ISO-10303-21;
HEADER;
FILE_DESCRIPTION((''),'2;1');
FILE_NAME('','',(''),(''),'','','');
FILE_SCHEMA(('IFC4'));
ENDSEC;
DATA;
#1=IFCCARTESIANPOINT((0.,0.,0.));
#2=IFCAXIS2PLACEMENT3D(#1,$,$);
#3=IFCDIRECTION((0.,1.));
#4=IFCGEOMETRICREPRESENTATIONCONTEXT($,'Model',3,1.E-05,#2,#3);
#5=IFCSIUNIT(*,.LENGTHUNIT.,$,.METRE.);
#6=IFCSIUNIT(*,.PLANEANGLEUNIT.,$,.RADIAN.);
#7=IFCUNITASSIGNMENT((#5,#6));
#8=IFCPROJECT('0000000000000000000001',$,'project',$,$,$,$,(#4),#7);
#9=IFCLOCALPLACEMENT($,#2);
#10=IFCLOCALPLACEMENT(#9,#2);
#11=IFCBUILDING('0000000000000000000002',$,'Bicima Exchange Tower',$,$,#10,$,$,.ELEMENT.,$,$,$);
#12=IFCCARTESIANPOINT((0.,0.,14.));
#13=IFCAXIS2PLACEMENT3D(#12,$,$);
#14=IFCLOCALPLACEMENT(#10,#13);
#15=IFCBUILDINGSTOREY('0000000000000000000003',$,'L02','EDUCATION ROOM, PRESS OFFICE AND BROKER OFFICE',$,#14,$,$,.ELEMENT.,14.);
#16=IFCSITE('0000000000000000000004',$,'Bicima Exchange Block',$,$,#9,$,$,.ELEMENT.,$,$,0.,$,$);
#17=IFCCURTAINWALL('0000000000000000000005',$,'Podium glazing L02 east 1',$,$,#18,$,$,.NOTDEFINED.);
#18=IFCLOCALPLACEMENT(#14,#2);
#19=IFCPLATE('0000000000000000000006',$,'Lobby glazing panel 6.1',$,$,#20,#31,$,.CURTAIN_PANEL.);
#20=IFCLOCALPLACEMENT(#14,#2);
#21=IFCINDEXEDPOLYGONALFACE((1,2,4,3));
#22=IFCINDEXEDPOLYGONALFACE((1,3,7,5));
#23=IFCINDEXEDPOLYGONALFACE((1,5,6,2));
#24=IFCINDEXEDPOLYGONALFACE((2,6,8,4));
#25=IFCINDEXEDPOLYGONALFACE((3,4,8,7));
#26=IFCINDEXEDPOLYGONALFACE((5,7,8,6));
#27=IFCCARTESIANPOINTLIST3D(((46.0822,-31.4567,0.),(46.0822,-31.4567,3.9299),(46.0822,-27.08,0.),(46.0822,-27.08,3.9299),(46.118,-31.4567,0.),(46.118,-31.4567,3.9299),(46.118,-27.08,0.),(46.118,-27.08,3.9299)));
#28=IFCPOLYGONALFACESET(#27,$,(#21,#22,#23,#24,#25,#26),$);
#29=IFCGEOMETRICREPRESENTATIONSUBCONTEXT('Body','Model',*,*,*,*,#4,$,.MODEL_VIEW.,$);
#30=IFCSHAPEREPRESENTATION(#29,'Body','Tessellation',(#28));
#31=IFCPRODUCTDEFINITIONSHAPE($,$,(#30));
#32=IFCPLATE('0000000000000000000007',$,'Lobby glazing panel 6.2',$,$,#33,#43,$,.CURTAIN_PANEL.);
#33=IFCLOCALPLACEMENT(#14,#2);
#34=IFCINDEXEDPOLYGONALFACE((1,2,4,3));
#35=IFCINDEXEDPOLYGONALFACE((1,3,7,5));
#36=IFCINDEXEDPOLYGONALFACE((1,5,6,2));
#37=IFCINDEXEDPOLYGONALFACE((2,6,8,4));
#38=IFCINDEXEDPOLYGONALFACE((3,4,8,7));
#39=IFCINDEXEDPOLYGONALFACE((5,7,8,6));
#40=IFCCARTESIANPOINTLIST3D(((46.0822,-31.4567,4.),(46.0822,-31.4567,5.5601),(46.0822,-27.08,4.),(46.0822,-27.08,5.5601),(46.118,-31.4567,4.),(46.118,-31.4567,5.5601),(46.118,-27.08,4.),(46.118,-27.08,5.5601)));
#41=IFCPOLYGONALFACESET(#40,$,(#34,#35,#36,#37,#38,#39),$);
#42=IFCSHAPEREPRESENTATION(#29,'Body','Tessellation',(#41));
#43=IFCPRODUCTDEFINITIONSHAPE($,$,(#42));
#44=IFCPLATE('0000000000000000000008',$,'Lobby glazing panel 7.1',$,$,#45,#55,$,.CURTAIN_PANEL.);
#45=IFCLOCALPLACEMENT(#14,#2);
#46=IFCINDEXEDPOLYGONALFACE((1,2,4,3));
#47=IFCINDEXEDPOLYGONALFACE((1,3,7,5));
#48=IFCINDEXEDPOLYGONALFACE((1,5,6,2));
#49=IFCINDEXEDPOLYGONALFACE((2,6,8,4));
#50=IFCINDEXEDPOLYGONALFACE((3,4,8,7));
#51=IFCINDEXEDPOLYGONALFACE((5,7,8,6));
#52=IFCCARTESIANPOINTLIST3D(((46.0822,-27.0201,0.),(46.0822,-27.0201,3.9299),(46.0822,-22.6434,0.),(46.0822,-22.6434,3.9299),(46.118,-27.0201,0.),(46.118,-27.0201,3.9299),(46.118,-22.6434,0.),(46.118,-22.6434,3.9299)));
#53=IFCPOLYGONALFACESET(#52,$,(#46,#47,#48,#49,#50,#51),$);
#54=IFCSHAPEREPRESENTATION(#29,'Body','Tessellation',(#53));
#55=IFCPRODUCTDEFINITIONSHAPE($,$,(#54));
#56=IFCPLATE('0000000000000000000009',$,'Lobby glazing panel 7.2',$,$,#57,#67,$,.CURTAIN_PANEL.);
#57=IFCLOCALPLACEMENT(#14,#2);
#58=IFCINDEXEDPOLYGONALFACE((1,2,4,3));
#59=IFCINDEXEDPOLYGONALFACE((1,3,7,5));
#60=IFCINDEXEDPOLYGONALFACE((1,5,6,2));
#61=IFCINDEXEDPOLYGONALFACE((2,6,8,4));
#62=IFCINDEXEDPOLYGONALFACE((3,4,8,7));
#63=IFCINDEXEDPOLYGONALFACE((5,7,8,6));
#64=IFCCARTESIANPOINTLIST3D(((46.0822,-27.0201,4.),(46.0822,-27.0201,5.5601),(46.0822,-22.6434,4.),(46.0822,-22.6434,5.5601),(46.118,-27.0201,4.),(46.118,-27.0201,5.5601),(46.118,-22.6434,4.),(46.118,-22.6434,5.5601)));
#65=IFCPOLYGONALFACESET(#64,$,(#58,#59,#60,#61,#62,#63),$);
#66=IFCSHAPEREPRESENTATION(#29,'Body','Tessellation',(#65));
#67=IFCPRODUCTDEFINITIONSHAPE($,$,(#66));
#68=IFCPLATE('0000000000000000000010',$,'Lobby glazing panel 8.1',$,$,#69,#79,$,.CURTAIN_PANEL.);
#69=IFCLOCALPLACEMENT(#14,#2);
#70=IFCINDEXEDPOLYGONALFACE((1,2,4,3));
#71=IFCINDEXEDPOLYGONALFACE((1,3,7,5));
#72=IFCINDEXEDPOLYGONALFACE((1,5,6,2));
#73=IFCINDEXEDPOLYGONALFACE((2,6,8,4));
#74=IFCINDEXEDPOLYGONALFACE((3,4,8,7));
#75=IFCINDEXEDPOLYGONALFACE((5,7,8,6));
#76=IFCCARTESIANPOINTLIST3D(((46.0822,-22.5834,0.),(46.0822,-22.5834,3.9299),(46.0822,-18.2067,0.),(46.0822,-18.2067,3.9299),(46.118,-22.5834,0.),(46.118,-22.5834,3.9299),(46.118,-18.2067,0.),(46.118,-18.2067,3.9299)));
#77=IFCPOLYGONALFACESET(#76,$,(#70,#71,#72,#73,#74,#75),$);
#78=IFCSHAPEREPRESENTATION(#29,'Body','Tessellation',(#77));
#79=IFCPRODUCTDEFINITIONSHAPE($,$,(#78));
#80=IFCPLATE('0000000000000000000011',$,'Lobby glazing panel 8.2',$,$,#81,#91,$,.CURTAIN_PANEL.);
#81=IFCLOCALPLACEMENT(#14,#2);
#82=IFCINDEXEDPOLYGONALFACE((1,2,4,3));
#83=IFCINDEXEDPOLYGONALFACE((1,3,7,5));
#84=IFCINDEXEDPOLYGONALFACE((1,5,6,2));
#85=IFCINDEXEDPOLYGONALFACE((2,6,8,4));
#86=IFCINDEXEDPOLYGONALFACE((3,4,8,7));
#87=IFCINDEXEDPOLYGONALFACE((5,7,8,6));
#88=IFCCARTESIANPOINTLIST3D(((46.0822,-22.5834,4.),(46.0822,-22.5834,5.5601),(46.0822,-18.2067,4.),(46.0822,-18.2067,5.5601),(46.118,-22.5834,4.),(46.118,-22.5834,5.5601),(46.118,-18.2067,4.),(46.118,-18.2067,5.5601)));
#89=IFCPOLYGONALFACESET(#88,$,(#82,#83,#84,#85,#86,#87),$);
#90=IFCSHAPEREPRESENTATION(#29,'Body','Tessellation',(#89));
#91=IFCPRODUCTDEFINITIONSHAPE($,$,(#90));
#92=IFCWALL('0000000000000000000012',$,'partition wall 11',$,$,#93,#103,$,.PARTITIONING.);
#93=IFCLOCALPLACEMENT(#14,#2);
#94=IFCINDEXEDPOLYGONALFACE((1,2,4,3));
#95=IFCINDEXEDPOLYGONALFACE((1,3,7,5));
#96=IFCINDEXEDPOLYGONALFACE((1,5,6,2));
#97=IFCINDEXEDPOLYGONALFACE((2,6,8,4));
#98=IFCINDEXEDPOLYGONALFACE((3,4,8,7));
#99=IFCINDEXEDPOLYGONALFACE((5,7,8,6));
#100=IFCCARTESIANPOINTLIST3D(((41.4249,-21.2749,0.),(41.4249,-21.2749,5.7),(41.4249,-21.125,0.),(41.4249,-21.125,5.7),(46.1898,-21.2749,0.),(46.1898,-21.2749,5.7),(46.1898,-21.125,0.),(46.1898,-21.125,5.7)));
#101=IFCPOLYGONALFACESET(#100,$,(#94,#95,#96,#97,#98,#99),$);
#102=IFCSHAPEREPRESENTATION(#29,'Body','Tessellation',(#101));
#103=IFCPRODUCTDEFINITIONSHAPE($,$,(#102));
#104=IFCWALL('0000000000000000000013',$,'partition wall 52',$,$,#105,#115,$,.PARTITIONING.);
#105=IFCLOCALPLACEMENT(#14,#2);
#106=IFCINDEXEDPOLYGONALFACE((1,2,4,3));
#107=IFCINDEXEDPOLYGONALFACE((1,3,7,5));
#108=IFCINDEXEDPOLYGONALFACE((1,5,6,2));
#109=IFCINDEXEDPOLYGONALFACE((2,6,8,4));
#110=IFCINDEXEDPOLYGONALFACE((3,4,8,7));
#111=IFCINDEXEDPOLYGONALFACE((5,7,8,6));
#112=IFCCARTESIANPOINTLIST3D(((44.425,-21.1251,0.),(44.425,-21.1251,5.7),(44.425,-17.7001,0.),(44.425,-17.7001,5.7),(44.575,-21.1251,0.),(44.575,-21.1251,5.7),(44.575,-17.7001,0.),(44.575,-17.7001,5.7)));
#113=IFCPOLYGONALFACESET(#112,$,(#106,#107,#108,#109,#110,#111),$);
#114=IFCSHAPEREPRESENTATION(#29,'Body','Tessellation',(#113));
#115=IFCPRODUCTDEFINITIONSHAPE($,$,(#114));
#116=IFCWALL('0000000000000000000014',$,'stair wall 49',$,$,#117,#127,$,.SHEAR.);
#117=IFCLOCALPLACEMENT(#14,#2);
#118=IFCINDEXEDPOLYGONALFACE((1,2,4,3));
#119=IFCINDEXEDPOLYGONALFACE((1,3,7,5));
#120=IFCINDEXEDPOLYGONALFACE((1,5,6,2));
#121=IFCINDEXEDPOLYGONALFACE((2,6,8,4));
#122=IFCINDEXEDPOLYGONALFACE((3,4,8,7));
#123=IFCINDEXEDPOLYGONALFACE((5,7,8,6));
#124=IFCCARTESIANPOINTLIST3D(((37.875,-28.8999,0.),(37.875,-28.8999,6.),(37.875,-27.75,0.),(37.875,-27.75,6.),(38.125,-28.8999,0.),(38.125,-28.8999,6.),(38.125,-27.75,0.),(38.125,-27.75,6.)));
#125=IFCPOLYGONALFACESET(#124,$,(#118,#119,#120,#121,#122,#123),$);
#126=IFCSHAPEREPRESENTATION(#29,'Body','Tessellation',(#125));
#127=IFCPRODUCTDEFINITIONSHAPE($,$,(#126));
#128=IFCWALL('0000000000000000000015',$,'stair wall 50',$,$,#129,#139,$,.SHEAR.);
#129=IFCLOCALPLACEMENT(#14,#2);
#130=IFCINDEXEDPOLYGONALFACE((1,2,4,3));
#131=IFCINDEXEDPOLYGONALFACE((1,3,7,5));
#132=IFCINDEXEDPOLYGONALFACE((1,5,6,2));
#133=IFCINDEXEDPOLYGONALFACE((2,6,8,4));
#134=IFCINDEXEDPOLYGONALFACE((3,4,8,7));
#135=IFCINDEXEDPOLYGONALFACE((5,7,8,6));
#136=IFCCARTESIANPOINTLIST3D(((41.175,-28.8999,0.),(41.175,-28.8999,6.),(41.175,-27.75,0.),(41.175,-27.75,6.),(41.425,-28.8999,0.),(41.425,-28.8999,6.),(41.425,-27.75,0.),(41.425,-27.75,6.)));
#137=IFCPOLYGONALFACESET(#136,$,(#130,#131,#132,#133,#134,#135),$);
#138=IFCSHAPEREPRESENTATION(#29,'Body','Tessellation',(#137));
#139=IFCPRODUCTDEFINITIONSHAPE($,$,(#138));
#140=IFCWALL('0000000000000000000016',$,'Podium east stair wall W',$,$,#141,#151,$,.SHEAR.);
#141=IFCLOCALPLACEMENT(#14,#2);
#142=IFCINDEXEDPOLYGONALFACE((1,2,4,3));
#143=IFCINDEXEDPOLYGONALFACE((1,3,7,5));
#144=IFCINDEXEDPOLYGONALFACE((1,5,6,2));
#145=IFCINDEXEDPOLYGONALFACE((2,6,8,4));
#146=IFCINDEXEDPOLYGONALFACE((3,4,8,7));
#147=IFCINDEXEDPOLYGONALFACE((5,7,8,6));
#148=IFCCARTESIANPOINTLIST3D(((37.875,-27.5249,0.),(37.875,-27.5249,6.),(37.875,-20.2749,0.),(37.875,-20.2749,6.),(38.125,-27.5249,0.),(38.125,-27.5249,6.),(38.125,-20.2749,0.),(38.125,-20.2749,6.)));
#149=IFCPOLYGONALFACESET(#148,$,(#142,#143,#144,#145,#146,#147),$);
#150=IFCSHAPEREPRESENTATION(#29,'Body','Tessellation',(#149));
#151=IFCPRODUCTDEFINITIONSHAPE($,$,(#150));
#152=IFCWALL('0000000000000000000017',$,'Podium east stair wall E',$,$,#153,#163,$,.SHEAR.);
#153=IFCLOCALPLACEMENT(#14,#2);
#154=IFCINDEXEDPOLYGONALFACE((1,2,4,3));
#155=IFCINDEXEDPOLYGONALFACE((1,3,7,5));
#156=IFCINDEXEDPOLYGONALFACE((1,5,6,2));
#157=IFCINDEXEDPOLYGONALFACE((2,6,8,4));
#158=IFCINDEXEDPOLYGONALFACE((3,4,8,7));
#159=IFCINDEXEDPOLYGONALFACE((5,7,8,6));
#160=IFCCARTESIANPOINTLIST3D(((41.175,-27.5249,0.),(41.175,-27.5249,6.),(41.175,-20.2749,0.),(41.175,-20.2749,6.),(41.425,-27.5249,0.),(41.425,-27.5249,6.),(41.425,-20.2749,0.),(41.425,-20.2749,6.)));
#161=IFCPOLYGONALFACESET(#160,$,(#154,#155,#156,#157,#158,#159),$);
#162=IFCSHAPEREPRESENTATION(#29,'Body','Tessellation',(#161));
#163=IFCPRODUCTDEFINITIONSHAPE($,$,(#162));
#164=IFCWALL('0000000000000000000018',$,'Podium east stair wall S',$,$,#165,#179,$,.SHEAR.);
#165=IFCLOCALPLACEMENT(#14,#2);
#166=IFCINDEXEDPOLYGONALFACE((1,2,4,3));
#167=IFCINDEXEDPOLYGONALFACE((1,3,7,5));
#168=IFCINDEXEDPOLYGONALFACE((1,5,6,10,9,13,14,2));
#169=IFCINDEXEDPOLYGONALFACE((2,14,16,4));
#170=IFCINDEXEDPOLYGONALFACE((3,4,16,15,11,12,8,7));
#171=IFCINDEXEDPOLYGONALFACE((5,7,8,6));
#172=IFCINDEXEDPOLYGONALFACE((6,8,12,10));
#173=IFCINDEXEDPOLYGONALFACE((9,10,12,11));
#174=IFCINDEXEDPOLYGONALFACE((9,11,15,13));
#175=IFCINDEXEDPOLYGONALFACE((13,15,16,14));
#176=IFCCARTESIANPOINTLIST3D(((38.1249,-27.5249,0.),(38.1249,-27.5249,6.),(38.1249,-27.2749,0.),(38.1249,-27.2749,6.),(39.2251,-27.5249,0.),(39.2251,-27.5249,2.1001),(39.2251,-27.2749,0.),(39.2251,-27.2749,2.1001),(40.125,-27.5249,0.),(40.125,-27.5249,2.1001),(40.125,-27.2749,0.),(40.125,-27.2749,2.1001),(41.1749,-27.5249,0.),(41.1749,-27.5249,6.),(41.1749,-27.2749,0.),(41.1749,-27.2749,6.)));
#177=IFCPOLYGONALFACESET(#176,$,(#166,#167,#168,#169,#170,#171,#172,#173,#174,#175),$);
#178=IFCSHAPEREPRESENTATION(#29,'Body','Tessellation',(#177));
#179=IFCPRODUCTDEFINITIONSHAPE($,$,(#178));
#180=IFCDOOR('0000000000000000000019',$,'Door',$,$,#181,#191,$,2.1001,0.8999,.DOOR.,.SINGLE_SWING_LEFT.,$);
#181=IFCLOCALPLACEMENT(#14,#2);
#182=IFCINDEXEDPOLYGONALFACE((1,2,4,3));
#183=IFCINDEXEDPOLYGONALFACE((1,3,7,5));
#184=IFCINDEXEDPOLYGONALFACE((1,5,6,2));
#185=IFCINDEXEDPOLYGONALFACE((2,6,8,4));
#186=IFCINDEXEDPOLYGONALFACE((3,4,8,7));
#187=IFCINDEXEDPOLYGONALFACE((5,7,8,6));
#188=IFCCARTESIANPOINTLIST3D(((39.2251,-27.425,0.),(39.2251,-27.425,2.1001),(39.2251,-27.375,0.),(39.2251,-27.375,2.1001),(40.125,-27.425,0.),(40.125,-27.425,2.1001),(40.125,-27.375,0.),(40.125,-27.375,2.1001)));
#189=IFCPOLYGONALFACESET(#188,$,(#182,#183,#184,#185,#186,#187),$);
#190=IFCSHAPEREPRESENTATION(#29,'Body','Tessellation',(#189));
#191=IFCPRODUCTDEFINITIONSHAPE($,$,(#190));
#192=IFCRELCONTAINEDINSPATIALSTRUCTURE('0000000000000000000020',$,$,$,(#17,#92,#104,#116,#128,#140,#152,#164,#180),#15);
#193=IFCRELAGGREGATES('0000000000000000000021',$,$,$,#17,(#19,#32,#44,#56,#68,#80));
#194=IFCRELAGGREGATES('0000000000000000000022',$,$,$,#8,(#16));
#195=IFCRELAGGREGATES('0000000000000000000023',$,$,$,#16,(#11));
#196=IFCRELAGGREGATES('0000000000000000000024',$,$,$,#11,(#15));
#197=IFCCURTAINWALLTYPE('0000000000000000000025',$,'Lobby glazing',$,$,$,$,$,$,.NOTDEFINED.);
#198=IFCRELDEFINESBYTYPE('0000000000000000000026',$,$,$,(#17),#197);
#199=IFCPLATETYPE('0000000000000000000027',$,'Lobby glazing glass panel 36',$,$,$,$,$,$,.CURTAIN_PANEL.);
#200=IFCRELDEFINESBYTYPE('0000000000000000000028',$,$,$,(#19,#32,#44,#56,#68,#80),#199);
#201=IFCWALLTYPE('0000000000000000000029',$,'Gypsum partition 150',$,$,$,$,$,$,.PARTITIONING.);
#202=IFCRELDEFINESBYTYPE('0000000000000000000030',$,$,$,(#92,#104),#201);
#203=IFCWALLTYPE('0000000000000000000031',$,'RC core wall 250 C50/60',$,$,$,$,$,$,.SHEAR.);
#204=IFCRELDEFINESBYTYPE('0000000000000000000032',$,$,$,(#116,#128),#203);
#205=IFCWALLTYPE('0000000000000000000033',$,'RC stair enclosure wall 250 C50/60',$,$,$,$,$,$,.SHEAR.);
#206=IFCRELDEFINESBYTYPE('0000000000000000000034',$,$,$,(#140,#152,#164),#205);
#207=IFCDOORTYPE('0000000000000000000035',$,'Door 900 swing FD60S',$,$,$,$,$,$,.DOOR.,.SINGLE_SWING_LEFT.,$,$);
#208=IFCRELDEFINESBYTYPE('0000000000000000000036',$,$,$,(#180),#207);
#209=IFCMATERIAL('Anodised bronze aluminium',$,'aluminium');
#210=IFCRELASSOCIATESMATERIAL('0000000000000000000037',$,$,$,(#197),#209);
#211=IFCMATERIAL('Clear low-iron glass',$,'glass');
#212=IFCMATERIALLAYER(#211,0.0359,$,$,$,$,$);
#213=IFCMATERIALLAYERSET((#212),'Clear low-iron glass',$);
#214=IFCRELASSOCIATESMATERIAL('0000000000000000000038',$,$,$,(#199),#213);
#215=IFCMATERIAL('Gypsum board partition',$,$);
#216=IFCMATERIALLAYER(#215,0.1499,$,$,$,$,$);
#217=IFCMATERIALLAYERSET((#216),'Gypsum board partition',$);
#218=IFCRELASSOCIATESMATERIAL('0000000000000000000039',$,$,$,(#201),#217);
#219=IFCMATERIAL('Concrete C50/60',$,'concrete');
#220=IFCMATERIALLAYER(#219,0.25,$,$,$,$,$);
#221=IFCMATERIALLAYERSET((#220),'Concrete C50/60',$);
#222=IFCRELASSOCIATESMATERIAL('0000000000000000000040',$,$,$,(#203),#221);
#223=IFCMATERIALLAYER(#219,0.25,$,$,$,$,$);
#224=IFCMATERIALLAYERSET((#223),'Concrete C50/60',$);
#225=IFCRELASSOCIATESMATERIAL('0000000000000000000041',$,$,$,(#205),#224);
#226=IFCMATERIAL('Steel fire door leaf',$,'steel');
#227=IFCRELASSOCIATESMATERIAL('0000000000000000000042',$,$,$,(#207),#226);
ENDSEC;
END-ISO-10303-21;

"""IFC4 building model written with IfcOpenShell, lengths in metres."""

from ifc_helpers import new_model, si_unit, direction, frame, frame_2d, origin, origin_2d, place, context, subcontext, project, spatial, rectangle, extrude, material, layer, layer_set, type_object, element, fill, aggregate, save


model = new_model("IFC4")

# Units and contexts
model_context = context("Model", 3, precision=1e-05, world=origin(), true_north=direction((0.0, 1.0)))
body_context = subcontext(model_context, "Body", "Model", "MODEL_VIEW")
ifc_project = project(units=[si_unit("LENGTHUNIT", "METRE"), si_unit("PLANEANGLEUNIT", "RADIAN")], contexts=[model_context])

# Site, building, storey
site_placement = place(None, origin())
site = spatial("IfcSite", under=ifc_project, at=site_placement, Name="Bicima Exchange Block", CompositionType="ELEMENT", RefElevation=0.0)
building_placement = place(site_placement, origin())
building = spatial("IfcBuilding", under=site, at=building_placement, Name="Bicima Exchange Tower", CompositionType="ELEMENT")
storey_placement = place(building_placement, frame((0.0, 0.0, 14.0)))
storey = spatial("IfcBuildingStorey", under=building, at=storey_placement, Name="L02", Description="EDUCATION ROOM, PRESS OFFICE AND BROKER OFFICE", CompositionType="ELEMENT", Elevation=14.0)

# Curtain wall, plates
ifc_material_1 = material(Name="Anodised bronze aluminium", Category="aluminium")
curtain_wall_type = type_object("IfcCurtainWallType", Name="Lobby glazing", PredefinedType="NOTDEFINED", material=ifc_material_1)
curtain_wall_placement = place(storey_placement, origin())
curtain_wall = element("IfcCurtainWall", 1, at=curtain_wall_placement, inside=storey, type_object=curtain_wall_type, Name="Podium glazing L02 east 1", PredefinedType="NOTDEFINED")
ifc_material_2 = material(Name="Clear low-iron glass", Category="glass")
ifc_layer_1 = layer(ifc_material_2, 0.0359)
ifc_layer_set_1 = layer_set([ifc_layer_1], Name="Clear low-iron glass")
plate_type = type_object("IfcPlateType", Name="Lobby glazing glass panel 36", PredefinedType="CURTAIN_PANEL", material=ifc_layer_set_1)
plate_1_placement = place(storey_placement, frame((46.1001, -29.2683, 0.0), z_axis=(0.0, 0.0, 1.0), x_axis=(0.0, 1.0, 0.0)))
plate_1 = element("IfcPlate", 2, at=plate_1_placement, type_object=plate_type, Name="Lobby glazing panel 6.1", PredefinedType="CURTAIN_PANEL", context=body_context, shape_type="SweptSolid", body=[
    extrude(rectangle(XDim=4.3767, YDim=0.0359, at=origin_2d()), origin(), (0.0, 0.0, 1.0), 3.9299),
])
plate_2_placement = place(storey_placement, frame((46.1001, -29.2683, 4.0), z_axis=(0.0, 0.0, 1.0), x_axis=(0.0, 1.0, 0.0)))
plate_2 = element("IfcPlate", 3, at=plate_2_placement, type_object=plate_type, Name="Lobby glazing panel 6.2", PredefinedType="CURTAIN_PANEL", context=body_context, shape_type="SweptSolid", body=[
    extrude(rectangle(XDim=4.3767, YDim=0.0359, at=origin_2d()), origin(), (0.0, 0.0, 1.0), 1.5601),
])
plate_3_placement = place(storey_placement, frame((46.1001, -24.8318, 0.0), z_axis=(0.0, 0.0, 1.0), x_axis=(0.0, 1.0, 0.0)))
plate_3 = element("IfcPlate", 4, at=plate_3_placement, type_object=plate_type, Name="Lobby glazing panel 7.1", PredefinedType="CURTAIN_PANEL", context=body_context, shape_type="SweptSolid", body=[
    extrude(rectangle(XDim=4.3767, YDim=0.0359, at=origin_2d()), origin(), (0.0, 0.0, 1.0), 3.9299),
])
plate_4_placement = place(storey_placement, frame((46.1001, -24.8318, 4.0), z_axis=(0.0, 0.0, 1.0), x_axis=(0.0, 1.0, 0.0)))
plate_4 = element("IfcPlate", 5, at=plate_4_placement, type_object=plate_type, Name="Lobby glazing panel 7.2", PredefinedType="CURTAIN_PANEL", context=body_context, shape_type="SweptSolid", body=[
    extrude(rectangle(XDim=4.3767, YDim=0.0359, at=origin_2d()), origin(), (0.0, 0.0, 1.0), 1.5601),
])
plate_5_placement = place(storey_placement, frame((46.1001, -20.395, 0.0), z_axis=(0.0, 0.0, 1.0), x_axis=(0.0, 1.0, 0.0)))
plate_5 = element("IfcPlate", 6, at=plate_5_placement, type_object=plate_type, Name="Lobby glazing panel 8.1", PredefinedType="CURTAIN_PANEL", context=body_context, shape_type="SweptSolid", body=[
    extrude(rectangle(XDim=4.3767, YDim=0.0359, at=origin_2d()), origin(), (0.0, 0.0, 1.0), 3.9299),
])
plate_6_placement = place(storey_placement, frame((46.1001, -20.395, 4.0), z_axis=(0.0, 0.0, 1.0), x_axis=(0.0, 1.0, 0.0)))
plate_6 = element("IfcPlate", 7, at=plate_6_placement, type_object=plate_type, Name="Lobby glazing panel 8.2", PredefinedType="CURTAIN_PANEL", context=body_context, shape_type="SweptSolid", body=[
    extrude(rectangle(XDim=4.3767, YDim=0.0359, at=origin_2d()), origin(), (0.0, 0.0, 1.0), 1.5601),
])
aggregate(curtain_wall, [plate_1, plate_2, plate_3, plate_4, plate_5, plate_6])

# Walls
ifc_material_3 = material(Name="Gypsum board partition")
ifc_layer_2 = layer(ifc_material_3, 0.1499)
ifc_layer_set_2 = layer_set([ifc_layer_2], Name="Gypsum board partition")
wall_type_1 = type_object("IfcWallType", Name="Gypsum partition 150", PredefinedType="PARTITIONING", material=ifc_layer_set_2)
wall_1_placement = place(storey_placement, frame((41.425, -21.2, 0.0), z_axis=(0.0, 0.0, 1.0), x_axis=(1.0, 0.0, 0.0)))
element("IfcWall", 8, at=wall_1_placement, inside=storey, type_object=wall_type_1, Name="partition wall 11", PredefinedType="PARTITIONING", context=body_context, shape_type="SweptSolid", body=[
    extrude(rectangle(XDim=4.7649, YDim=0.1499, at=frame_2d((2.3823, 0.0))), origin(), (0.0, 0.0, 1.0), 5.7),
])
wall_2_placement = place(storey_placement, frame((44.5, -21.125, 0.0), z_axis=(0.0, 0.0, 1.0), x_axis=(0.0, 1.0, 0.0)))
element("IfcWall", 9, at=wall_2_placement, inside=storey, type_object=wall_type_1, Name="partition wall 52", PredefinedType="PARTITIONING", context=body_context, shape_type="SweptSolid", body=[
    extrude(rectangle(XDim=3.425, YDim=0.1499, at=frame_2d((1.7124, 0.0))), origin(), (0.0, 0.0, 1.0), 5.7),
])
ifc_material_4 = material(Name="Concrete C50/60", Category="concrete")
ifc_layer_3 = layer(ifc_material_4, 0.25)
ifc_layer_set_3 = layer_set([ifc_layer_3], Name="Concrete C50/60")
wall_type_2 = type_object("IfcWallType", Name="RC core wall 250 C50/60", PredefinedType="SHEAR", material=ifc_layer_set_3)
for number, where, z_axis, x_axis, name in (
    (10, (38.0, -28.8999, 0.0), (0.0, 0.0, 1.0), (0.0, 1.0, 0.0), "stair wall 49"),
    (11, (41.3, -28.8999, 0.0), (0.0, 0.0, 1.0), (0.0, 1.0, 0.0), "stair wall 50"),
):
    element("IfcWall", number, at=place(storey_placement, frame(where, z_axis=z_axis, x_axis=x_axis)), inside=storey, type_object=wall_type_2, Name=name, PredefinedType="SHEAR", context=body_context, shape_type="SweptSolid", body=[
        extrude(rectangle(XDim=1.1499, YDim=0.25, at=frame_2d((0.575, 0.0))), origin(), (0.0, 0.0, 1.0), 6.0),
    ])
ifc_layer_4 = layer(ifc_material_4, 0.25)
ifc_layer_set_4 = layer_set([ifc_layer_4], Name="Concrete C50/60")
wall_type_3 = type_object("IfcWallType", Name="RC stair enclosure wall 250 C50/60", PredefinedType="SHEAR", material=ifc_layer_set_4)
for number, where, z_axis, x_axis, name in (
    (12, (38.0, -27.5249, 0.0), (0.0, 0.0, 1.0), (0.0, 1.0, 0.0), "Podium east stair wall W"),
    (13, (41.3, -27.5249, 0.0), (0.0, 0.0, 1.0), (0.0, 1.0, 0.0), "Podium east stair wall E"),
):
    element("IfcWall", number, at=place(storey_placement, frame(where, z_axis=z_axis, x_axis=x_axis)), inside=storey, type_object=wall_type_3, Name=name, PredefinedType="SHEAR", context=body_context, shape_type="SweptSolid", body=[
        extrude(rectangle(XDim=7.25, YDim=0.25, at=frame_2d((3.625, 0.0))), origin(), (0.0, 0.0, 1.0), 6.0),
    ])

# Wall, opening, door
wall_3_placement = place(storey_placement, frame((38.125, -27.3999, 0.0), z_axis=(0.0, 0.0, 1.0), x_axis=(1.0, 0.0, 0.0)))
wall_3 = element("IfcWall", 14, at=wall_3_placement, inside=storey, type_object=wall_type_3, Name="Podium east stair wall S", PredefinedType="SHEAR", context=body_context, shape_type="SweptSolid", body=[
    extrude(rectangle(XDim=3.05, YDim=0.25, at=frame_2d((1.5249, 0.0))), origin(), (0.0, 0.0, 1.0), 6.0),
])
opening_placement = place(wall_3_placement, frame((1.1001, 0.0, 0.0)))
opening = element("IfcOpeningElement", 15, at=opening_placement, cuts=wall_3, PredefinedType="OPENING", context=body_context, shape_type="SweptSolid", body=[
    extrude(rectangle(XDim=0.8999, YDim=2.1001, at=frame_2d((0.45, 1.05))), frame((0.0, 0.137, 0.0), z_axis=(0.0, -1.0, 0.0), x_axis=(1.0, 0.0, 0.0)), (0.0, 0.0, 1.0), 0.2739),
])
ifc_material_5 = material(Name="Steel fire door leaf", Category="steel")
door_type = type_object("IfcDoorType", Name="Door 900 swing FD60S", OperationType="SINGLE_SWING_LEFT", PredefinedType="DOOR", material=ifc_material_5)
door_placement = place(opening_placement, origin())
door = element("IfcDoor", 16, at=door_placement, inside=storey, type_object=door_type, Name="Door", OperationType="SINGLE_SWING_LEFT", OverallHeight=2.1001, OverallWidth=0.8999, PredefinedType="DOOR", context=body_context, shape_type="SweptSolid", body=[
    extrude(rectangle(XDim=0.8999, YDim=2.1001, at=frame_2d((0.45, 1.05))), frame((0.0, 0.0249, 0.0), z_axis=(0.0, -1.0, 0.0), x_axis=(1.0, 0.0, 0.0)), (0.0, 0.0, 1.0), 0.05),
])
fill(opening, door)

save(model, "model.ifc")
